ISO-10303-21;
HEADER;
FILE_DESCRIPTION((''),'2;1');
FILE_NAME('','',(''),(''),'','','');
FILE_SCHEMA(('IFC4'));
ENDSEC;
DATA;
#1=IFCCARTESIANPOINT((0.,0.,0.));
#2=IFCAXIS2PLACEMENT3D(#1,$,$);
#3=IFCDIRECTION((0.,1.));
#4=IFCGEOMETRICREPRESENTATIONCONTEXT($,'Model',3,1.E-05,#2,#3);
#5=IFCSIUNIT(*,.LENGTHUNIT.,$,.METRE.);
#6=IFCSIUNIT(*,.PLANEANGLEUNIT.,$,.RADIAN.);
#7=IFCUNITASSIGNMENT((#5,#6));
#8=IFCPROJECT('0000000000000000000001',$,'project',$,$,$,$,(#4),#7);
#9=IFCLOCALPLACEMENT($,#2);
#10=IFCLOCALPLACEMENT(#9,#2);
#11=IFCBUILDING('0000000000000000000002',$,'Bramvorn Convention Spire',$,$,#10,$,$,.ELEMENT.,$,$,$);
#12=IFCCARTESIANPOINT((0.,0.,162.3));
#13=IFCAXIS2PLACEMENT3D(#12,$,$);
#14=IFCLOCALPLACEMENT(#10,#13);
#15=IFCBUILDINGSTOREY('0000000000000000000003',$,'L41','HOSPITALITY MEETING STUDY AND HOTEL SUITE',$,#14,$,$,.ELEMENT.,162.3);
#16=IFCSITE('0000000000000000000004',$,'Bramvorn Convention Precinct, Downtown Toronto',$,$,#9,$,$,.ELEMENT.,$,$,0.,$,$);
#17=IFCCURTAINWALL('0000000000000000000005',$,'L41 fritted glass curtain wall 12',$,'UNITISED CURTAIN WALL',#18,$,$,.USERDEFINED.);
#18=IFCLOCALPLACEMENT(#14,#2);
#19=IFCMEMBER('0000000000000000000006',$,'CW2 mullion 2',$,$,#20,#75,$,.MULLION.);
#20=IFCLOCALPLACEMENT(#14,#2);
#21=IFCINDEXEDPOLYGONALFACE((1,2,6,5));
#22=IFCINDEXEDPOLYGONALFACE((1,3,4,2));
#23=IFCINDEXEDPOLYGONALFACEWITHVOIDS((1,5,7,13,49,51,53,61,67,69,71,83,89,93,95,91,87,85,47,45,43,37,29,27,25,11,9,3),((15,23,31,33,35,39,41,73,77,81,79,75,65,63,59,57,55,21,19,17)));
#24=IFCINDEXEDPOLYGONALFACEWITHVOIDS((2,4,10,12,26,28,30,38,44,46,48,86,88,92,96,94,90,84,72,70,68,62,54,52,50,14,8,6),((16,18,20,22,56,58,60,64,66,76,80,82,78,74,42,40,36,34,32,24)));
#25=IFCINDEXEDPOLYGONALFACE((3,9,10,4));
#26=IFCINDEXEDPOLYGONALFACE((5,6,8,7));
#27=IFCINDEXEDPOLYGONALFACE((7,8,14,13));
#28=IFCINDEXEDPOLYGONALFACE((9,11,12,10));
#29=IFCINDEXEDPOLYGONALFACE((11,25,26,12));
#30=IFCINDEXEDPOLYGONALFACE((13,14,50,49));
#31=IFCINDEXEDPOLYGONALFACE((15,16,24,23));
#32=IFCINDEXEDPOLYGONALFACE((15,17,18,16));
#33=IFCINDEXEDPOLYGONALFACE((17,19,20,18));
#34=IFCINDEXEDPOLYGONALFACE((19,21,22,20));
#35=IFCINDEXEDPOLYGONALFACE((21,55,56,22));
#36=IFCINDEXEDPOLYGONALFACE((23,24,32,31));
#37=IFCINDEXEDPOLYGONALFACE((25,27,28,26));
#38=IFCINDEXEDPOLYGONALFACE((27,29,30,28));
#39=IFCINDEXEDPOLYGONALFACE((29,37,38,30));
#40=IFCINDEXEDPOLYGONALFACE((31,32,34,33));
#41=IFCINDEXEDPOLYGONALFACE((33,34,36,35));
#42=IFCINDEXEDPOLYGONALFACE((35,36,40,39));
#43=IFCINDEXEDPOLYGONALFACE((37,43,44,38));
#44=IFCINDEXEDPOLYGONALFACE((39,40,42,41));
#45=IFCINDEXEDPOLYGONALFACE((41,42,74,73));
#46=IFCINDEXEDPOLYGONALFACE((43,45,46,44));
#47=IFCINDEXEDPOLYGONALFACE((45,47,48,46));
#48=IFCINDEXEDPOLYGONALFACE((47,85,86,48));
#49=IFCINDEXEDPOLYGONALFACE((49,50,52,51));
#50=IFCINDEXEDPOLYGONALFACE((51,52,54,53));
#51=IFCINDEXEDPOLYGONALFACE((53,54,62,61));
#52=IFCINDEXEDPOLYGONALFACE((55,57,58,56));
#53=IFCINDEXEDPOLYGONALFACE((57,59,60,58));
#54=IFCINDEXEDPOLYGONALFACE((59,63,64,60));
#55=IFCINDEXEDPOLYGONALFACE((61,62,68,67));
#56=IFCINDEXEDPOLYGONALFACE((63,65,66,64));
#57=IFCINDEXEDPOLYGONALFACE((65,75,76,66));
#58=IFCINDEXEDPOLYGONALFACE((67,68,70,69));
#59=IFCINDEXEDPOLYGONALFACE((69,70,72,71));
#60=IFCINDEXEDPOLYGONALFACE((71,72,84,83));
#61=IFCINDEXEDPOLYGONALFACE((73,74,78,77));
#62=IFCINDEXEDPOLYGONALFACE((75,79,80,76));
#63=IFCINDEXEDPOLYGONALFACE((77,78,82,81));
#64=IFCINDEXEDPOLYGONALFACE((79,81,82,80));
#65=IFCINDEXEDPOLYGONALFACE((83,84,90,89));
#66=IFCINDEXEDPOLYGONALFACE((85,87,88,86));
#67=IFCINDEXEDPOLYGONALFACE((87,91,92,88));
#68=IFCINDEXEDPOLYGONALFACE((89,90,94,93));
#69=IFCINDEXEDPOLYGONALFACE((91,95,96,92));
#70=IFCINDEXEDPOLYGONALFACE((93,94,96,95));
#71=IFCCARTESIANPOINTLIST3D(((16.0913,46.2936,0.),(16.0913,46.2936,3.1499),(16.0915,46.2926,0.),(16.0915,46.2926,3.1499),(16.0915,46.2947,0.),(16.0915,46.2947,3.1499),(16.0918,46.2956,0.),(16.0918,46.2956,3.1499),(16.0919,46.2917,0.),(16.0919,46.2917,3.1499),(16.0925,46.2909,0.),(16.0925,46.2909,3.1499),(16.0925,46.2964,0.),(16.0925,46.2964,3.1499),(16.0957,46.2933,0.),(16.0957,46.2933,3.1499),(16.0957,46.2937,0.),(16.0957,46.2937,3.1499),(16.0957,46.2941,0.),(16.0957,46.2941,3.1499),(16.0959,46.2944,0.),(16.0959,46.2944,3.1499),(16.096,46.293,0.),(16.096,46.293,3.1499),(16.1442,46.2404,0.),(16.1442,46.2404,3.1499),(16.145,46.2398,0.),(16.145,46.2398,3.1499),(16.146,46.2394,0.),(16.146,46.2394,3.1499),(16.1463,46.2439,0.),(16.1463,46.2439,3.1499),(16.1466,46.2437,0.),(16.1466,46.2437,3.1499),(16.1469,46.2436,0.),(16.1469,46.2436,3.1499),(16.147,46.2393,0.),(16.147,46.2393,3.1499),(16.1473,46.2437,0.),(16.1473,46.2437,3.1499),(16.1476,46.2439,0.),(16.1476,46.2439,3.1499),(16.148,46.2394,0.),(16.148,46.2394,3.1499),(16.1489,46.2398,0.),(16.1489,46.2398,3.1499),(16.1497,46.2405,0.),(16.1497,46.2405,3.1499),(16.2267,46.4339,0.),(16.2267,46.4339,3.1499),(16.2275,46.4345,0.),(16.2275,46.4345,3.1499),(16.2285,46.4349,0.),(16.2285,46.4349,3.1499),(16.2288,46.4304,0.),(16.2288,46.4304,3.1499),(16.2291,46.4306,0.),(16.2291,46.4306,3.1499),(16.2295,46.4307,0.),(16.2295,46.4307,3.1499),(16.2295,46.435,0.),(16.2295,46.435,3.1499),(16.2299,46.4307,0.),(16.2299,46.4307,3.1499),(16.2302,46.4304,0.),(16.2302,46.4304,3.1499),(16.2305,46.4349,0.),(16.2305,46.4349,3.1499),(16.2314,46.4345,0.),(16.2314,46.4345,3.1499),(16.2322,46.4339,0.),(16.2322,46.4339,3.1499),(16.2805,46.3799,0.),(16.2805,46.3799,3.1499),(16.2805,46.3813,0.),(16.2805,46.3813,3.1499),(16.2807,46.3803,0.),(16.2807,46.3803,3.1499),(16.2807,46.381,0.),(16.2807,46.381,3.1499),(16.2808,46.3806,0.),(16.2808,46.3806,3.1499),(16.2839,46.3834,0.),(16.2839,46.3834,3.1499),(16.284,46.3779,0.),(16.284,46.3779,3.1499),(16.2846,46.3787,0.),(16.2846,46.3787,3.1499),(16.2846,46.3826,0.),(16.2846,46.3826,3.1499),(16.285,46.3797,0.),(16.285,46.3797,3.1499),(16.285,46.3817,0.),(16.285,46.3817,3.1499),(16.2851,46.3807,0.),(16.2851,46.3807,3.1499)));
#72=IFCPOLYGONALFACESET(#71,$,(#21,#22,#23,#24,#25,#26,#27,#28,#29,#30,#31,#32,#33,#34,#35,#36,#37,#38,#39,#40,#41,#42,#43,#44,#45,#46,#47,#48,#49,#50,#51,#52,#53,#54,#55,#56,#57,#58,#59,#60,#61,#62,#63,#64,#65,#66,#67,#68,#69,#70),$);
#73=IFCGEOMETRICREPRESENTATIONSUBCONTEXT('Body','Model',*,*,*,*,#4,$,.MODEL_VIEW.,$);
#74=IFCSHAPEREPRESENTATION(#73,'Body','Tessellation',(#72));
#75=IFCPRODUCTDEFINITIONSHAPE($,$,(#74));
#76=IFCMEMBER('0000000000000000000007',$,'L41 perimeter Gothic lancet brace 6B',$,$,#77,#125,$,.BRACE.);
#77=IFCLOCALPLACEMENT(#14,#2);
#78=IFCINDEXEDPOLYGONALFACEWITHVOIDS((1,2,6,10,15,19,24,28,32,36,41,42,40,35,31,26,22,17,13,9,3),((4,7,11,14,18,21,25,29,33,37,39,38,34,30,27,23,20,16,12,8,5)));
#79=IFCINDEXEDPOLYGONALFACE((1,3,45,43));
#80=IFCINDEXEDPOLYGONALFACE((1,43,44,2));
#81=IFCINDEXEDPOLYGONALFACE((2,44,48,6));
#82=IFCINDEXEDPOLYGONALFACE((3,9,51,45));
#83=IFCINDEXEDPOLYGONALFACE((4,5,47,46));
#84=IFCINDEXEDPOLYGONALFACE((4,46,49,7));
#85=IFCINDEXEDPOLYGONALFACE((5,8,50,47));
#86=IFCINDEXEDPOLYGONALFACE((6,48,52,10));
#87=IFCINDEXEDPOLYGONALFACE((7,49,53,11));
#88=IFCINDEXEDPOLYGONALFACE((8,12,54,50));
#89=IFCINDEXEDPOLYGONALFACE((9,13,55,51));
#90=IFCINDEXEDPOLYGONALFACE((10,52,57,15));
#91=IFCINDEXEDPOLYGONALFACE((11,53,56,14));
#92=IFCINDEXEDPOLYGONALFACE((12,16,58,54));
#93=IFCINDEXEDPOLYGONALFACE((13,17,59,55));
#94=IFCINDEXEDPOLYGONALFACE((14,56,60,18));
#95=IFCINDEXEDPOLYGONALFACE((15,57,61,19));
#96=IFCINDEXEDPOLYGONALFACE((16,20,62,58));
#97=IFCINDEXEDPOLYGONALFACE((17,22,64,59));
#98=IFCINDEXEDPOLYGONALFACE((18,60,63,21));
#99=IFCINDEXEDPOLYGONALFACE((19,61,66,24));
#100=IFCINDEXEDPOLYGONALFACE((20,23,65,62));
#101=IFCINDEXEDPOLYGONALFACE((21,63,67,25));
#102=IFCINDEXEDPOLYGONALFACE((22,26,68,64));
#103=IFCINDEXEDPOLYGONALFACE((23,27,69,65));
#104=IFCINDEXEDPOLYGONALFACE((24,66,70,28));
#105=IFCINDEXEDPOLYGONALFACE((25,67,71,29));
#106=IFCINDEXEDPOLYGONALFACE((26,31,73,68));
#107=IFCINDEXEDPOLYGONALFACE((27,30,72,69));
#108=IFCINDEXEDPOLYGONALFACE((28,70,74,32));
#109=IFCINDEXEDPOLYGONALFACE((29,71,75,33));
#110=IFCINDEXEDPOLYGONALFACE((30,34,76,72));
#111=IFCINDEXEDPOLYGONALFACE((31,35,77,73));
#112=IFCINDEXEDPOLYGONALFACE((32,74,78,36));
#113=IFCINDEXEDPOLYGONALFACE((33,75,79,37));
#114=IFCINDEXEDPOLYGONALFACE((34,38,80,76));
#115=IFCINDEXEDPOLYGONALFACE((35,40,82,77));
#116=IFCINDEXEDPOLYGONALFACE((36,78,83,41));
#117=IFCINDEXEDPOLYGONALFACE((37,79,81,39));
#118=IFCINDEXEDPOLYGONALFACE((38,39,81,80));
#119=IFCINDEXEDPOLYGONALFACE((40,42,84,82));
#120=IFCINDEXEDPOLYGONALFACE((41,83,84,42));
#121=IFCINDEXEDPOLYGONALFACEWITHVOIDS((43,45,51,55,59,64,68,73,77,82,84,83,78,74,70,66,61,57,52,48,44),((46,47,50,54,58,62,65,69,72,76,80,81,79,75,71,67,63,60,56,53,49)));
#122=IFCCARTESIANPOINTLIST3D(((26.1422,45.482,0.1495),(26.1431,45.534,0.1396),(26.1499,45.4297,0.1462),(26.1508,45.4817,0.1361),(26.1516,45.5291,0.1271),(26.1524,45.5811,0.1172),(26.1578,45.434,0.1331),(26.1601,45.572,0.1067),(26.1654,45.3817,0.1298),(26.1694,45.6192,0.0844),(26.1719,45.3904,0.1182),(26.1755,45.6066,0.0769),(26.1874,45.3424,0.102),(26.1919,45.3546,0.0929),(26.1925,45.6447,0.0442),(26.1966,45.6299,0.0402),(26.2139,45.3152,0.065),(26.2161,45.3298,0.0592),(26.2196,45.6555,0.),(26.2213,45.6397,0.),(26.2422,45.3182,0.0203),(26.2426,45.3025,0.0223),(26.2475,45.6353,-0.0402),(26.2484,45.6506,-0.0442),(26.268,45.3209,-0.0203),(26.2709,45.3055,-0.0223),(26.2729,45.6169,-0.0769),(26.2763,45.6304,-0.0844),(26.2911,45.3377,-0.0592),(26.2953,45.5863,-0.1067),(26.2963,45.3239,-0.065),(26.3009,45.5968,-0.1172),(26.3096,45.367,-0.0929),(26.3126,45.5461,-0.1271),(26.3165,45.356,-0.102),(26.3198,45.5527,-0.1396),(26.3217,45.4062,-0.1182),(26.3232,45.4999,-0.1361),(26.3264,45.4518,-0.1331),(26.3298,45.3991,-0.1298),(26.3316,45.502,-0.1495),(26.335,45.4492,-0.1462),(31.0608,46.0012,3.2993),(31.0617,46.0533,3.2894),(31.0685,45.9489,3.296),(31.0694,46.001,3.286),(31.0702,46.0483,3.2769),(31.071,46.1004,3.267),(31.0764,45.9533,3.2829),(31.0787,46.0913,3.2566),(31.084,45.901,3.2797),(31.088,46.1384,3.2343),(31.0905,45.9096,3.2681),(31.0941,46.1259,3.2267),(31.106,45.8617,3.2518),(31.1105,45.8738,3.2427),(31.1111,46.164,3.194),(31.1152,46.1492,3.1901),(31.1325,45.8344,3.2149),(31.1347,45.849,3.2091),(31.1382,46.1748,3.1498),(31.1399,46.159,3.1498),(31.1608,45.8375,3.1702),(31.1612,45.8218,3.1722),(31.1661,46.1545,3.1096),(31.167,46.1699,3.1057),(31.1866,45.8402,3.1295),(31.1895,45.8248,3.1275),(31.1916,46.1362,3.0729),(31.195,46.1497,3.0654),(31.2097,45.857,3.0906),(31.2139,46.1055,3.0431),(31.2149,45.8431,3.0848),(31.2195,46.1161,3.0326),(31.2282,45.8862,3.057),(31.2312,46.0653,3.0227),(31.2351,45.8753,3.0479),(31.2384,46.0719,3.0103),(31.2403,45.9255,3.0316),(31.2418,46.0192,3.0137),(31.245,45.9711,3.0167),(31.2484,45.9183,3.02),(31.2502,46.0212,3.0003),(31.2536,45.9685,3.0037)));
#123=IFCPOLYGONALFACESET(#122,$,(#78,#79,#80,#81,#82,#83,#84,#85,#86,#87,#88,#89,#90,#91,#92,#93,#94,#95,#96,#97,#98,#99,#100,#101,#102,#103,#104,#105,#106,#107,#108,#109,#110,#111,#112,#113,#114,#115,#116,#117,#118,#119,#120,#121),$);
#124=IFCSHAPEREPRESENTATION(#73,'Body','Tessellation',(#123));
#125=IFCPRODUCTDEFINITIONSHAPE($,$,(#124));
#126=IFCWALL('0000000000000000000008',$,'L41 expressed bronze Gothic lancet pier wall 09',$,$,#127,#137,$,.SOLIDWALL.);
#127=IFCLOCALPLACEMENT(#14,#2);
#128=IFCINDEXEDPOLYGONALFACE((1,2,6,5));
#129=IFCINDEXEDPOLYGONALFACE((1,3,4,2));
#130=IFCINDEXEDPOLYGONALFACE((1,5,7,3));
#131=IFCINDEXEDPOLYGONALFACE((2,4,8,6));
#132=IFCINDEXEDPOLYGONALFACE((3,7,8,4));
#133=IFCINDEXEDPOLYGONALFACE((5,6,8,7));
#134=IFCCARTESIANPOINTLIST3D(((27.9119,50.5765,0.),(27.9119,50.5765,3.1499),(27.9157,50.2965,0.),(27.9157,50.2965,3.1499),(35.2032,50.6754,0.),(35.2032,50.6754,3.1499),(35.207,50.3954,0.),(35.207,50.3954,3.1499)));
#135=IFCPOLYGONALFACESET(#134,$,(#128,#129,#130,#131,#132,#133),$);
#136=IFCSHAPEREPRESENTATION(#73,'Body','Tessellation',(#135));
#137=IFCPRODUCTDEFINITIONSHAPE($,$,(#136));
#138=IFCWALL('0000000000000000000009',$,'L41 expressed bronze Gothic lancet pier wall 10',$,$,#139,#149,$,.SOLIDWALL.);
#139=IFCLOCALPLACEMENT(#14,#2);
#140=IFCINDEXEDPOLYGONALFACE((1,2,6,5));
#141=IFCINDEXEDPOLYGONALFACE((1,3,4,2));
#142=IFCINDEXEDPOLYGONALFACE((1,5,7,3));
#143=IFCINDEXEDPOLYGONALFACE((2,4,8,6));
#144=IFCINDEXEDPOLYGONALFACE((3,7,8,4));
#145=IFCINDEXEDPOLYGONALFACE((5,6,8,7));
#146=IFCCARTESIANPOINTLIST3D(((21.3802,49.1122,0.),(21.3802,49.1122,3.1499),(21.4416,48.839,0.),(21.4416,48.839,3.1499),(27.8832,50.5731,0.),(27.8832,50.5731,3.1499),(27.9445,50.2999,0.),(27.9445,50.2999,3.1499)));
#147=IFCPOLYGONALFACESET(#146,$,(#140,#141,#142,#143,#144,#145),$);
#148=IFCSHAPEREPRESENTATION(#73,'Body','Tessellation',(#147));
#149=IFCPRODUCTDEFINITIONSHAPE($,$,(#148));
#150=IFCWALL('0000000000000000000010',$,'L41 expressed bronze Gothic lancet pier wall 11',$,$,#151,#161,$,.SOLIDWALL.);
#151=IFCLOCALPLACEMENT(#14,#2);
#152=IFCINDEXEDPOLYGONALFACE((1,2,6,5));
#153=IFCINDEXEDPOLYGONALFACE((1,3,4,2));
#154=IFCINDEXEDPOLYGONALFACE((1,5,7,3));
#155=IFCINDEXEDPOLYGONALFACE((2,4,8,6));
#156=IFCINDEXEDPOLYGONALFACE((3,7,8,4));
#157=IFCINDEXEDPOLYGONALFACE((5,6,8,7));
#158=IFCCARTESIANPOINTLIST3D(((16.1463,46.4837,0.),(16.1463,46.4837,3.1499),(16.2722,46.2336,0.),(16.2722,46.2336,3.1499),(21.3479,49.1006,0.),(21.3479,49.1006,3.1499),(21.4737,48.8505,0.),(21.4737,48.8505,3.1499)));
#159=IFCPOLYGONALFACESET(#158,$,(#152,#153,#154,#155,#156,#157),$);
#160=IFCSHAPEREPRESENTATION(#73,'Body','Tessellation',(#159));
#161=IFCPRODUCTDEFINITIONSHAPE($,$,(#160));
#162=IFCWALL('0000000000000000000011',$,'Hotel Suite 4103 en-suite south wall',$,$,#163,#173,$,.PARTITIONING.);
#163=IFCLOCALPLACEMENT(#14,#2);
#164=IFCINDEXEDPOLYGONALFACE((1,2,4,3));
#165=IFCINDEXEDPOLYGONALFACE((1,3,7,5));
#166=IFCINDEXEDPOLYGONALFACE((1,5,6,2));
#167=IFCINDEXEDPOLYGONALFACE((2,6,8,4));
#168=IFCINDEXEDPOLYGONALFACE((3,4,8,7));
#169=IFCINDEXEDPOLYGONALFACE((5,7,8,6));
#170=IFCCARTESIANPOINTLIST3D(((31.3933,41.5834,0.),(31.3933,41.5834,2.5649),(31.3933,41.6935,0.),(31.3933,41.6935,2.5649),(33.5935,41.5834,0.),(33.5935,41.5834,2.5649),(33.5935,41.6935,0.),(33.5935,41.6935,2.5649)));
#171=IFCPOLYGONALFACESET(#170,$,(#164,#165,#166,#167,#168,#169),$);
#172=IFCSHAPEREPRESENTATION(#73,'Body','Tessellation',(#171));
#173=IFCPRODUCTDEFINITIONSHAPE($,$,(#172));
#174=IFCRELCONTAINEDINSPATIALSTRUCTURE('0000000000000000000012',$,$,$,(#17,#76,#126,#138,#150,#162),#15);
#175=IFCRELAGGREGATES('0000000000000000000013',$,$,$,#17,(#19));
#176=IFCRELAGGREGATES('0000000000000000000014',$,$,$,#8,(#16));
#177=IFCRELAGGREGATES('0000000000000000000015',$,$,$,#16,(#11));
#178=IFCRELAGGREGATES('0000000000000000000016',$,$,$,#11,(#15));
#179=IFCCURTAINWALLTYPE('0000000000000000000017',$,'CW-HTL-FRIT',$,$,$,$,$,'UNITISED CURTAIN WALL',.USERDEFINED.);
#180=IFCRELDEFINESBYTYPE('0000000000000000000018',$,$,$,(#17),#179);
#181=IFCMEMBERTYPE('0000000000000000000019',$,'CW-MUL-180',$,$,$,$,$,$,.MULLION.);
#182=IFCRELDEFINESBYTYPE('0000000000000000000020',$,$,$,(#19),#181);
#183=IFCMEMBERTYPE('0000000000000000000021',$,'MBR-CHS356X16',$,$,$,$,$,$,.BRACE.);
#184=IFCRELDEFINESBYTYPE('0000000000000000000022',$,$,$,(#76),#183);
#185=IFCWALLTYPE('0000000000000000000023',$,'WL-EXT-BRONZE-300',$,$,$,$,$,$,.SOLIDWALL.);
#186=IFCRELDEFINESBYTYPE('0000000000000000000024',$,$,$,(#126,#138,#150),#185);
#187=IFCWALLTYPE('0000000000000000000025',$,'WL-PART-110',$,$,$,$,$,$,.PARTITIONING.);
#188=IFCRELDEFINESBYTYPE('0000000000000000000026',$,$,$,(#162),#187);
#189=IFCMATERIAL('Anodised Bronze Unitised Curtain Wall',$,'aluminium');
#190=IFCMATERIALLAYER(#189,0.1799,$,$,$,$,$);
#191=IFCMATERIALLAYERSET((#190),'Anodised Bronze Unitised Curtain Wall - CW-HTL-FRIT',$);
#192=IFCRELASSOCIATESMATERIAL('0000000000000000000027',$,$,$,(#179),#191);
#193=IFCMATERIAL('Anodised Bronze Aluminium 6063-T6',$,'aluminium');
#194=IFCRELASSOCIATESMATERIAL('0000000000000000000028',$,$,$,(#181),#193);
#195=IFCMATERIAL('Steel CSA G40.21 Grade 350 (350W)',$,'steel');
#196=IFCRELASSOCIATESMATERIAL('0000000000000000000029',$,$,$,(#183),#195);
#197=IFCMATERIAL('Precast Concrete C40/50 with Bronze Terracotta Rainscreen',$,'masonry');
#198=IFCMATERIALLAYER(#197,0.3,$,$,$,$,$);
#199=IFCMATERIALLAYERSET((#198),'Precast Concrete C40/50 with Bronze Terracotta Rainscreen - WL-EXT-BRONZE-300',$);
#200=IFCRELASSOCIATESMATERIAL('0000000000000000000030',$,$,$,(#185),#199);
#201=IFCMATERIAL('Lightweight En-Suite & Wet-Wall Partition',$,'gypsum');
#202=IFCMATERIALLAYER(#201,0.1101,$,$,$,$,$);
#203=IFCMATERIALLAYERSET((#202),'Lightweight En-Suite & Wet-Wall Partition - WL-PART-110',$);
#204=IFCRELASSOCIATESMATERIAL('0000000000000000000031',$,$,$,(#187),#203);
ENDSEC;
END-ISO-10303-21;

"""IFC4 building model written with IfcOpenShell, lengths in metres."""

from ifc_helpers import new_model, si_unit, direction, frame, frame_2d, origin, origin_2d, place, context, subcontext, project, spatial, rectangle, hollow_rectangle, hollow_circle, extrude, material, layer, layer_set, material_profile, profile_set, type_object, element, aggregate, save


model = new_model("IFC4")

# Units and contexts
model_context = context("Model", 3, precision=1e-05, world=origin(), true_north=direction((0.0, 1.0)))
body_context = subcontext(model_context, "Body", "Model", "MODEL_VIEW")
ifc_project = project(units=[si_unit("LENGTHUNIT", "METRE"), si_unit("PLANEANGLEUNIT", "RADIAN")], contexts=[model_context])

# Site, building, storey
site_placement = place(None, origin())
site = spatial("IfcSite", under=ifc_project, at=site_placement, Name="Bramvorn Convention Precinct, Downtown Toronto", CompositionType="ELEMENT", RefElevation=0.0)
building_placement = place(site_placement, origin())
building = spatial("IfcBuilding", under=site, at=building_placement, Name="Bramvorn Convention Spire", CompositionType="ELEMENT")
storey_placement = place(building_placement, frame((0.0, 0.0, 162.3)))
storey = spatial("IfcBuildingStorey", under=building, at=storey_placement, Name="L41", Description="HOSPITALITY MEETING STUDY AND HOTEL SUITE", CompositionType="ELEMENT", Elevation=162.3)

# Shared definitions
ifc_material_1 = material(Name="Steel CSA G40.21 Grade 350 (350W)", Category="steel")

# Curtain wall, member
ifc_material_2 = material(Name="Anodised Bronze Unitised Curtain Wall", Category="aluminium")
ifc_layer_1 = layer(ifc_material_2, 0.1799)
ifc_layer_set_1 = layer_set([ifc_layer_1], Name="Anodised Bronze Unitised Curtain Wall - CW-HTL-FRIT")
curtain_wall_type = type_object("IfcCurtainWallType", Name="CW-HTL-FRIT", ElementType="UNITISED CURTAIN WALL", PredefinedType="USERDEFINED", material=ifc_layer_set_1)
curtain_wall_placement = place(storey_placement, origin())
curtain_wall = element("IfcCurtainWall", 1, at=curtain_wall_placement, inside=storey, type_object=curtain_wall_type, Name="L41 fritted glass curtain wall 12", ObjectType="UNITISED CURTAIN WALL", PredefinedType="USERDEFINED")
ifc_material_3 = material(Name="Anodised Bronze Aluminium 6063-T6", Category="aluminium")
ifc_material_profile_1 = material_profile(ifc_material_3, hollow_rectangle(XDim=0.0801, YDim=0.2, WallThickness=0.0039, InnerFilletRadius=0.001, OuterFilletRadius=0.0039, at=origin_2d()))
ifc_profile_set_1 = profile_set([ifc_material_profile_1], Name="Anodised Bronze Aluminium 6063-T6 - CWM80X200")
member_type_1 = type_object("IfcMemberType", Name="CW-MUL-180", PredefinedType="MULLION", material=ifc_profile_set_1)
member_1_placement = place(storey_placement, frame((16.1882, 46.3372, 0.0), z_axis=(0.0, 0.0, 1.0), x_axis=(-0.715349, 0.698767, 0.0)))
member_1 = element("IfcMember", 2, at=member_1_placement, type_object=member_type_1, Name="CW2 mullion 2", PredefinedType="MULLION", context=body_context, shape_type="SweptSolid", body=[
    extrude(hollow_rectangle(XDim=0.0801, YDim=0.2, WallThickness=0.0039, InnerFilletRadius=0.001, OuterFilletRadius=0.0039, at=origin_2d()), origin(), (0.0, 0.0, 1.0), 3.1499),
])
aggregate(curtain_wall, [member_1])

# Member
ifc_material_profile_2 = material_profile(ifc_material_1, hollow_circle(Radius=0.1777, WallThickness=0.0159, at=origin_2d()))
ifc_profile_set_2 = profile_set([ifc_material_profile_2], Name="Steel CSA G40.21 Grade 350 (350W) - CHS356X16")
member_type_2 = type_object("IfcMemberType", Name="MBR-CHS356X16", PredefinedType="BRACE", material=ifc_profile_set_2)
member_2_placement = place(storey_placement, frame((26.2383, 45.4788, 0.0), z_axis=(0.838812, 0.088557, 0.53717), x_axis=(-0.104991, 0.994473, 0.0)))
element("IfcMember", 3, at=member_2_placement, inside=storey, type_object=member_type_2, Name="L41 perimeter Gothic lancet brace 6B", PredefinedType="BRACE", context=body_context, shape_type="SweptSolid", body=[
    extrude(hollow_circle(Radius=0.1777, WallThickness=0.0159, at=origin_2d()), origin(), (0.0, 0.0, 1.0), 5.8638),
])

# Walls
ifc_material_4 = material(Name="Precast Concrete C40/50 with Bronze Terracotta Rainscreen", Category="masonry")
ifc_layer_2 = layer(ifc_material_4, 0.3)
ifc_layer_set_2 = layer_set([ifc_layer_2], Name="Precast Concrete C40/50 with Bronze Terracotta Rainscreen - WL-EXT-BRONZE-300")
wall_type_1 = type_object("IfcWallType", Name="WL-EXT-BRONZE-300", PredefinedType="SOLIDWALL", material=ifc_layer_set_2)
wall_1_placement = place(storey_placement, frame((27.9138, 50.4365, 0.0), z_axis=(0.0, 0.0, 1.0), x_axis=(0.999908, 0.01356, 0.0)))
element("IfcWall", 4, at=wall_1_placement, inside=storey, type_object=wall_type_1, Name="L41 expressed bronze Gothic lancet pier wall 09", PredefinedType="SOLIDWALL", context=body_context, shape_type="SweptSolid", body=[
    extrude(rectangle(XDim=7.292, YDim=0.28, at=frame_2d((3.646, 0.0))), origin(), (0.0, 0.0, 1.0), 3.1499),
])
wall_2_placement = place(storey_placement, frame((21.4109, 48.9756, 0.0), z_axis=(0.0, 0.0, 1.0), x_axis=(0.975681, 0.219195, 0.0)))
element("IfcWall", 5, at=wall_2_placement, inside=storey, type_object=wall_type_1, Name="L41 expressed bronze Gothic lancet pier wall 10", PredefinedType="SOLIDWALL", context=body_context, shape_type="SweptSolid", body=[
    extrude(rectangle(XDim=6.665, YDim=0.28, at=frame_2d((3.3325, 0.0))), origin(), (0.0, 0.0, 1.0), 3.1499),
])
wall_3_placement = place(storey_placement, frame((16.2092, 46.3586, 0.0), z_axis=(0.0, 0.0, 1.0), x_axis=(0.893318, 0.449426, 0.0)))
element("IfcWall", 6, at=wall_3_placement, inside=storey, type_object=wall_type_1, Name="L41 expressed bronze Gothic lancet pier wall 11", PredefinedType="SOLIDWALL", context=body_context, shape_type="SweptSolid", body=[
    extrude(rectangle(XDim=5.8228, YDim=0.28, at=frame_2d((2.9114, 0.0))), origin(), (0.0, 0.0, 1.0), 3.1499),
])
ifc_material_5 = material(Name="Lightweight En-Suite & Wet-Wall Partition", Category="gypsum")
ifc_layer_3 = layer(ifc_material_5, 0.1101)
ifc_layer_set_3 = layer_set([ifc_layer_3], Name="Lightweight En-Suite & Wet-Wall Partition - WL-PART-110")
wall_type_2 = type_object("IfcWallType", Name="WL-PART-110", PredefinedType="PARTITIONING", material=ifc_layer_set_3)
wall_4_placement = place(storey_placement, frame((31.3933, 41.6384, 0.0), z_axis=(0.0, 0.0, 1.0), x_axis=(1.0, 0.0, 0.0)))
element("IfcWall", 7, at=wall_4_placement, inside=storey, type_object=wall_type_2, Name="Hotel Suite 4103 en-suite south wall", PredefinedType="PARTITIONING", context=body_context, shape_type="SweptSolid", body=[
    extrude(rectangle(XDim=2.2002, YDim=0.1101, at=frame_2d((1.1001, 0.0))), origin(), (0.0, 0.0, 1.0), 2.5649),
])

save(model, "model.ifc")
